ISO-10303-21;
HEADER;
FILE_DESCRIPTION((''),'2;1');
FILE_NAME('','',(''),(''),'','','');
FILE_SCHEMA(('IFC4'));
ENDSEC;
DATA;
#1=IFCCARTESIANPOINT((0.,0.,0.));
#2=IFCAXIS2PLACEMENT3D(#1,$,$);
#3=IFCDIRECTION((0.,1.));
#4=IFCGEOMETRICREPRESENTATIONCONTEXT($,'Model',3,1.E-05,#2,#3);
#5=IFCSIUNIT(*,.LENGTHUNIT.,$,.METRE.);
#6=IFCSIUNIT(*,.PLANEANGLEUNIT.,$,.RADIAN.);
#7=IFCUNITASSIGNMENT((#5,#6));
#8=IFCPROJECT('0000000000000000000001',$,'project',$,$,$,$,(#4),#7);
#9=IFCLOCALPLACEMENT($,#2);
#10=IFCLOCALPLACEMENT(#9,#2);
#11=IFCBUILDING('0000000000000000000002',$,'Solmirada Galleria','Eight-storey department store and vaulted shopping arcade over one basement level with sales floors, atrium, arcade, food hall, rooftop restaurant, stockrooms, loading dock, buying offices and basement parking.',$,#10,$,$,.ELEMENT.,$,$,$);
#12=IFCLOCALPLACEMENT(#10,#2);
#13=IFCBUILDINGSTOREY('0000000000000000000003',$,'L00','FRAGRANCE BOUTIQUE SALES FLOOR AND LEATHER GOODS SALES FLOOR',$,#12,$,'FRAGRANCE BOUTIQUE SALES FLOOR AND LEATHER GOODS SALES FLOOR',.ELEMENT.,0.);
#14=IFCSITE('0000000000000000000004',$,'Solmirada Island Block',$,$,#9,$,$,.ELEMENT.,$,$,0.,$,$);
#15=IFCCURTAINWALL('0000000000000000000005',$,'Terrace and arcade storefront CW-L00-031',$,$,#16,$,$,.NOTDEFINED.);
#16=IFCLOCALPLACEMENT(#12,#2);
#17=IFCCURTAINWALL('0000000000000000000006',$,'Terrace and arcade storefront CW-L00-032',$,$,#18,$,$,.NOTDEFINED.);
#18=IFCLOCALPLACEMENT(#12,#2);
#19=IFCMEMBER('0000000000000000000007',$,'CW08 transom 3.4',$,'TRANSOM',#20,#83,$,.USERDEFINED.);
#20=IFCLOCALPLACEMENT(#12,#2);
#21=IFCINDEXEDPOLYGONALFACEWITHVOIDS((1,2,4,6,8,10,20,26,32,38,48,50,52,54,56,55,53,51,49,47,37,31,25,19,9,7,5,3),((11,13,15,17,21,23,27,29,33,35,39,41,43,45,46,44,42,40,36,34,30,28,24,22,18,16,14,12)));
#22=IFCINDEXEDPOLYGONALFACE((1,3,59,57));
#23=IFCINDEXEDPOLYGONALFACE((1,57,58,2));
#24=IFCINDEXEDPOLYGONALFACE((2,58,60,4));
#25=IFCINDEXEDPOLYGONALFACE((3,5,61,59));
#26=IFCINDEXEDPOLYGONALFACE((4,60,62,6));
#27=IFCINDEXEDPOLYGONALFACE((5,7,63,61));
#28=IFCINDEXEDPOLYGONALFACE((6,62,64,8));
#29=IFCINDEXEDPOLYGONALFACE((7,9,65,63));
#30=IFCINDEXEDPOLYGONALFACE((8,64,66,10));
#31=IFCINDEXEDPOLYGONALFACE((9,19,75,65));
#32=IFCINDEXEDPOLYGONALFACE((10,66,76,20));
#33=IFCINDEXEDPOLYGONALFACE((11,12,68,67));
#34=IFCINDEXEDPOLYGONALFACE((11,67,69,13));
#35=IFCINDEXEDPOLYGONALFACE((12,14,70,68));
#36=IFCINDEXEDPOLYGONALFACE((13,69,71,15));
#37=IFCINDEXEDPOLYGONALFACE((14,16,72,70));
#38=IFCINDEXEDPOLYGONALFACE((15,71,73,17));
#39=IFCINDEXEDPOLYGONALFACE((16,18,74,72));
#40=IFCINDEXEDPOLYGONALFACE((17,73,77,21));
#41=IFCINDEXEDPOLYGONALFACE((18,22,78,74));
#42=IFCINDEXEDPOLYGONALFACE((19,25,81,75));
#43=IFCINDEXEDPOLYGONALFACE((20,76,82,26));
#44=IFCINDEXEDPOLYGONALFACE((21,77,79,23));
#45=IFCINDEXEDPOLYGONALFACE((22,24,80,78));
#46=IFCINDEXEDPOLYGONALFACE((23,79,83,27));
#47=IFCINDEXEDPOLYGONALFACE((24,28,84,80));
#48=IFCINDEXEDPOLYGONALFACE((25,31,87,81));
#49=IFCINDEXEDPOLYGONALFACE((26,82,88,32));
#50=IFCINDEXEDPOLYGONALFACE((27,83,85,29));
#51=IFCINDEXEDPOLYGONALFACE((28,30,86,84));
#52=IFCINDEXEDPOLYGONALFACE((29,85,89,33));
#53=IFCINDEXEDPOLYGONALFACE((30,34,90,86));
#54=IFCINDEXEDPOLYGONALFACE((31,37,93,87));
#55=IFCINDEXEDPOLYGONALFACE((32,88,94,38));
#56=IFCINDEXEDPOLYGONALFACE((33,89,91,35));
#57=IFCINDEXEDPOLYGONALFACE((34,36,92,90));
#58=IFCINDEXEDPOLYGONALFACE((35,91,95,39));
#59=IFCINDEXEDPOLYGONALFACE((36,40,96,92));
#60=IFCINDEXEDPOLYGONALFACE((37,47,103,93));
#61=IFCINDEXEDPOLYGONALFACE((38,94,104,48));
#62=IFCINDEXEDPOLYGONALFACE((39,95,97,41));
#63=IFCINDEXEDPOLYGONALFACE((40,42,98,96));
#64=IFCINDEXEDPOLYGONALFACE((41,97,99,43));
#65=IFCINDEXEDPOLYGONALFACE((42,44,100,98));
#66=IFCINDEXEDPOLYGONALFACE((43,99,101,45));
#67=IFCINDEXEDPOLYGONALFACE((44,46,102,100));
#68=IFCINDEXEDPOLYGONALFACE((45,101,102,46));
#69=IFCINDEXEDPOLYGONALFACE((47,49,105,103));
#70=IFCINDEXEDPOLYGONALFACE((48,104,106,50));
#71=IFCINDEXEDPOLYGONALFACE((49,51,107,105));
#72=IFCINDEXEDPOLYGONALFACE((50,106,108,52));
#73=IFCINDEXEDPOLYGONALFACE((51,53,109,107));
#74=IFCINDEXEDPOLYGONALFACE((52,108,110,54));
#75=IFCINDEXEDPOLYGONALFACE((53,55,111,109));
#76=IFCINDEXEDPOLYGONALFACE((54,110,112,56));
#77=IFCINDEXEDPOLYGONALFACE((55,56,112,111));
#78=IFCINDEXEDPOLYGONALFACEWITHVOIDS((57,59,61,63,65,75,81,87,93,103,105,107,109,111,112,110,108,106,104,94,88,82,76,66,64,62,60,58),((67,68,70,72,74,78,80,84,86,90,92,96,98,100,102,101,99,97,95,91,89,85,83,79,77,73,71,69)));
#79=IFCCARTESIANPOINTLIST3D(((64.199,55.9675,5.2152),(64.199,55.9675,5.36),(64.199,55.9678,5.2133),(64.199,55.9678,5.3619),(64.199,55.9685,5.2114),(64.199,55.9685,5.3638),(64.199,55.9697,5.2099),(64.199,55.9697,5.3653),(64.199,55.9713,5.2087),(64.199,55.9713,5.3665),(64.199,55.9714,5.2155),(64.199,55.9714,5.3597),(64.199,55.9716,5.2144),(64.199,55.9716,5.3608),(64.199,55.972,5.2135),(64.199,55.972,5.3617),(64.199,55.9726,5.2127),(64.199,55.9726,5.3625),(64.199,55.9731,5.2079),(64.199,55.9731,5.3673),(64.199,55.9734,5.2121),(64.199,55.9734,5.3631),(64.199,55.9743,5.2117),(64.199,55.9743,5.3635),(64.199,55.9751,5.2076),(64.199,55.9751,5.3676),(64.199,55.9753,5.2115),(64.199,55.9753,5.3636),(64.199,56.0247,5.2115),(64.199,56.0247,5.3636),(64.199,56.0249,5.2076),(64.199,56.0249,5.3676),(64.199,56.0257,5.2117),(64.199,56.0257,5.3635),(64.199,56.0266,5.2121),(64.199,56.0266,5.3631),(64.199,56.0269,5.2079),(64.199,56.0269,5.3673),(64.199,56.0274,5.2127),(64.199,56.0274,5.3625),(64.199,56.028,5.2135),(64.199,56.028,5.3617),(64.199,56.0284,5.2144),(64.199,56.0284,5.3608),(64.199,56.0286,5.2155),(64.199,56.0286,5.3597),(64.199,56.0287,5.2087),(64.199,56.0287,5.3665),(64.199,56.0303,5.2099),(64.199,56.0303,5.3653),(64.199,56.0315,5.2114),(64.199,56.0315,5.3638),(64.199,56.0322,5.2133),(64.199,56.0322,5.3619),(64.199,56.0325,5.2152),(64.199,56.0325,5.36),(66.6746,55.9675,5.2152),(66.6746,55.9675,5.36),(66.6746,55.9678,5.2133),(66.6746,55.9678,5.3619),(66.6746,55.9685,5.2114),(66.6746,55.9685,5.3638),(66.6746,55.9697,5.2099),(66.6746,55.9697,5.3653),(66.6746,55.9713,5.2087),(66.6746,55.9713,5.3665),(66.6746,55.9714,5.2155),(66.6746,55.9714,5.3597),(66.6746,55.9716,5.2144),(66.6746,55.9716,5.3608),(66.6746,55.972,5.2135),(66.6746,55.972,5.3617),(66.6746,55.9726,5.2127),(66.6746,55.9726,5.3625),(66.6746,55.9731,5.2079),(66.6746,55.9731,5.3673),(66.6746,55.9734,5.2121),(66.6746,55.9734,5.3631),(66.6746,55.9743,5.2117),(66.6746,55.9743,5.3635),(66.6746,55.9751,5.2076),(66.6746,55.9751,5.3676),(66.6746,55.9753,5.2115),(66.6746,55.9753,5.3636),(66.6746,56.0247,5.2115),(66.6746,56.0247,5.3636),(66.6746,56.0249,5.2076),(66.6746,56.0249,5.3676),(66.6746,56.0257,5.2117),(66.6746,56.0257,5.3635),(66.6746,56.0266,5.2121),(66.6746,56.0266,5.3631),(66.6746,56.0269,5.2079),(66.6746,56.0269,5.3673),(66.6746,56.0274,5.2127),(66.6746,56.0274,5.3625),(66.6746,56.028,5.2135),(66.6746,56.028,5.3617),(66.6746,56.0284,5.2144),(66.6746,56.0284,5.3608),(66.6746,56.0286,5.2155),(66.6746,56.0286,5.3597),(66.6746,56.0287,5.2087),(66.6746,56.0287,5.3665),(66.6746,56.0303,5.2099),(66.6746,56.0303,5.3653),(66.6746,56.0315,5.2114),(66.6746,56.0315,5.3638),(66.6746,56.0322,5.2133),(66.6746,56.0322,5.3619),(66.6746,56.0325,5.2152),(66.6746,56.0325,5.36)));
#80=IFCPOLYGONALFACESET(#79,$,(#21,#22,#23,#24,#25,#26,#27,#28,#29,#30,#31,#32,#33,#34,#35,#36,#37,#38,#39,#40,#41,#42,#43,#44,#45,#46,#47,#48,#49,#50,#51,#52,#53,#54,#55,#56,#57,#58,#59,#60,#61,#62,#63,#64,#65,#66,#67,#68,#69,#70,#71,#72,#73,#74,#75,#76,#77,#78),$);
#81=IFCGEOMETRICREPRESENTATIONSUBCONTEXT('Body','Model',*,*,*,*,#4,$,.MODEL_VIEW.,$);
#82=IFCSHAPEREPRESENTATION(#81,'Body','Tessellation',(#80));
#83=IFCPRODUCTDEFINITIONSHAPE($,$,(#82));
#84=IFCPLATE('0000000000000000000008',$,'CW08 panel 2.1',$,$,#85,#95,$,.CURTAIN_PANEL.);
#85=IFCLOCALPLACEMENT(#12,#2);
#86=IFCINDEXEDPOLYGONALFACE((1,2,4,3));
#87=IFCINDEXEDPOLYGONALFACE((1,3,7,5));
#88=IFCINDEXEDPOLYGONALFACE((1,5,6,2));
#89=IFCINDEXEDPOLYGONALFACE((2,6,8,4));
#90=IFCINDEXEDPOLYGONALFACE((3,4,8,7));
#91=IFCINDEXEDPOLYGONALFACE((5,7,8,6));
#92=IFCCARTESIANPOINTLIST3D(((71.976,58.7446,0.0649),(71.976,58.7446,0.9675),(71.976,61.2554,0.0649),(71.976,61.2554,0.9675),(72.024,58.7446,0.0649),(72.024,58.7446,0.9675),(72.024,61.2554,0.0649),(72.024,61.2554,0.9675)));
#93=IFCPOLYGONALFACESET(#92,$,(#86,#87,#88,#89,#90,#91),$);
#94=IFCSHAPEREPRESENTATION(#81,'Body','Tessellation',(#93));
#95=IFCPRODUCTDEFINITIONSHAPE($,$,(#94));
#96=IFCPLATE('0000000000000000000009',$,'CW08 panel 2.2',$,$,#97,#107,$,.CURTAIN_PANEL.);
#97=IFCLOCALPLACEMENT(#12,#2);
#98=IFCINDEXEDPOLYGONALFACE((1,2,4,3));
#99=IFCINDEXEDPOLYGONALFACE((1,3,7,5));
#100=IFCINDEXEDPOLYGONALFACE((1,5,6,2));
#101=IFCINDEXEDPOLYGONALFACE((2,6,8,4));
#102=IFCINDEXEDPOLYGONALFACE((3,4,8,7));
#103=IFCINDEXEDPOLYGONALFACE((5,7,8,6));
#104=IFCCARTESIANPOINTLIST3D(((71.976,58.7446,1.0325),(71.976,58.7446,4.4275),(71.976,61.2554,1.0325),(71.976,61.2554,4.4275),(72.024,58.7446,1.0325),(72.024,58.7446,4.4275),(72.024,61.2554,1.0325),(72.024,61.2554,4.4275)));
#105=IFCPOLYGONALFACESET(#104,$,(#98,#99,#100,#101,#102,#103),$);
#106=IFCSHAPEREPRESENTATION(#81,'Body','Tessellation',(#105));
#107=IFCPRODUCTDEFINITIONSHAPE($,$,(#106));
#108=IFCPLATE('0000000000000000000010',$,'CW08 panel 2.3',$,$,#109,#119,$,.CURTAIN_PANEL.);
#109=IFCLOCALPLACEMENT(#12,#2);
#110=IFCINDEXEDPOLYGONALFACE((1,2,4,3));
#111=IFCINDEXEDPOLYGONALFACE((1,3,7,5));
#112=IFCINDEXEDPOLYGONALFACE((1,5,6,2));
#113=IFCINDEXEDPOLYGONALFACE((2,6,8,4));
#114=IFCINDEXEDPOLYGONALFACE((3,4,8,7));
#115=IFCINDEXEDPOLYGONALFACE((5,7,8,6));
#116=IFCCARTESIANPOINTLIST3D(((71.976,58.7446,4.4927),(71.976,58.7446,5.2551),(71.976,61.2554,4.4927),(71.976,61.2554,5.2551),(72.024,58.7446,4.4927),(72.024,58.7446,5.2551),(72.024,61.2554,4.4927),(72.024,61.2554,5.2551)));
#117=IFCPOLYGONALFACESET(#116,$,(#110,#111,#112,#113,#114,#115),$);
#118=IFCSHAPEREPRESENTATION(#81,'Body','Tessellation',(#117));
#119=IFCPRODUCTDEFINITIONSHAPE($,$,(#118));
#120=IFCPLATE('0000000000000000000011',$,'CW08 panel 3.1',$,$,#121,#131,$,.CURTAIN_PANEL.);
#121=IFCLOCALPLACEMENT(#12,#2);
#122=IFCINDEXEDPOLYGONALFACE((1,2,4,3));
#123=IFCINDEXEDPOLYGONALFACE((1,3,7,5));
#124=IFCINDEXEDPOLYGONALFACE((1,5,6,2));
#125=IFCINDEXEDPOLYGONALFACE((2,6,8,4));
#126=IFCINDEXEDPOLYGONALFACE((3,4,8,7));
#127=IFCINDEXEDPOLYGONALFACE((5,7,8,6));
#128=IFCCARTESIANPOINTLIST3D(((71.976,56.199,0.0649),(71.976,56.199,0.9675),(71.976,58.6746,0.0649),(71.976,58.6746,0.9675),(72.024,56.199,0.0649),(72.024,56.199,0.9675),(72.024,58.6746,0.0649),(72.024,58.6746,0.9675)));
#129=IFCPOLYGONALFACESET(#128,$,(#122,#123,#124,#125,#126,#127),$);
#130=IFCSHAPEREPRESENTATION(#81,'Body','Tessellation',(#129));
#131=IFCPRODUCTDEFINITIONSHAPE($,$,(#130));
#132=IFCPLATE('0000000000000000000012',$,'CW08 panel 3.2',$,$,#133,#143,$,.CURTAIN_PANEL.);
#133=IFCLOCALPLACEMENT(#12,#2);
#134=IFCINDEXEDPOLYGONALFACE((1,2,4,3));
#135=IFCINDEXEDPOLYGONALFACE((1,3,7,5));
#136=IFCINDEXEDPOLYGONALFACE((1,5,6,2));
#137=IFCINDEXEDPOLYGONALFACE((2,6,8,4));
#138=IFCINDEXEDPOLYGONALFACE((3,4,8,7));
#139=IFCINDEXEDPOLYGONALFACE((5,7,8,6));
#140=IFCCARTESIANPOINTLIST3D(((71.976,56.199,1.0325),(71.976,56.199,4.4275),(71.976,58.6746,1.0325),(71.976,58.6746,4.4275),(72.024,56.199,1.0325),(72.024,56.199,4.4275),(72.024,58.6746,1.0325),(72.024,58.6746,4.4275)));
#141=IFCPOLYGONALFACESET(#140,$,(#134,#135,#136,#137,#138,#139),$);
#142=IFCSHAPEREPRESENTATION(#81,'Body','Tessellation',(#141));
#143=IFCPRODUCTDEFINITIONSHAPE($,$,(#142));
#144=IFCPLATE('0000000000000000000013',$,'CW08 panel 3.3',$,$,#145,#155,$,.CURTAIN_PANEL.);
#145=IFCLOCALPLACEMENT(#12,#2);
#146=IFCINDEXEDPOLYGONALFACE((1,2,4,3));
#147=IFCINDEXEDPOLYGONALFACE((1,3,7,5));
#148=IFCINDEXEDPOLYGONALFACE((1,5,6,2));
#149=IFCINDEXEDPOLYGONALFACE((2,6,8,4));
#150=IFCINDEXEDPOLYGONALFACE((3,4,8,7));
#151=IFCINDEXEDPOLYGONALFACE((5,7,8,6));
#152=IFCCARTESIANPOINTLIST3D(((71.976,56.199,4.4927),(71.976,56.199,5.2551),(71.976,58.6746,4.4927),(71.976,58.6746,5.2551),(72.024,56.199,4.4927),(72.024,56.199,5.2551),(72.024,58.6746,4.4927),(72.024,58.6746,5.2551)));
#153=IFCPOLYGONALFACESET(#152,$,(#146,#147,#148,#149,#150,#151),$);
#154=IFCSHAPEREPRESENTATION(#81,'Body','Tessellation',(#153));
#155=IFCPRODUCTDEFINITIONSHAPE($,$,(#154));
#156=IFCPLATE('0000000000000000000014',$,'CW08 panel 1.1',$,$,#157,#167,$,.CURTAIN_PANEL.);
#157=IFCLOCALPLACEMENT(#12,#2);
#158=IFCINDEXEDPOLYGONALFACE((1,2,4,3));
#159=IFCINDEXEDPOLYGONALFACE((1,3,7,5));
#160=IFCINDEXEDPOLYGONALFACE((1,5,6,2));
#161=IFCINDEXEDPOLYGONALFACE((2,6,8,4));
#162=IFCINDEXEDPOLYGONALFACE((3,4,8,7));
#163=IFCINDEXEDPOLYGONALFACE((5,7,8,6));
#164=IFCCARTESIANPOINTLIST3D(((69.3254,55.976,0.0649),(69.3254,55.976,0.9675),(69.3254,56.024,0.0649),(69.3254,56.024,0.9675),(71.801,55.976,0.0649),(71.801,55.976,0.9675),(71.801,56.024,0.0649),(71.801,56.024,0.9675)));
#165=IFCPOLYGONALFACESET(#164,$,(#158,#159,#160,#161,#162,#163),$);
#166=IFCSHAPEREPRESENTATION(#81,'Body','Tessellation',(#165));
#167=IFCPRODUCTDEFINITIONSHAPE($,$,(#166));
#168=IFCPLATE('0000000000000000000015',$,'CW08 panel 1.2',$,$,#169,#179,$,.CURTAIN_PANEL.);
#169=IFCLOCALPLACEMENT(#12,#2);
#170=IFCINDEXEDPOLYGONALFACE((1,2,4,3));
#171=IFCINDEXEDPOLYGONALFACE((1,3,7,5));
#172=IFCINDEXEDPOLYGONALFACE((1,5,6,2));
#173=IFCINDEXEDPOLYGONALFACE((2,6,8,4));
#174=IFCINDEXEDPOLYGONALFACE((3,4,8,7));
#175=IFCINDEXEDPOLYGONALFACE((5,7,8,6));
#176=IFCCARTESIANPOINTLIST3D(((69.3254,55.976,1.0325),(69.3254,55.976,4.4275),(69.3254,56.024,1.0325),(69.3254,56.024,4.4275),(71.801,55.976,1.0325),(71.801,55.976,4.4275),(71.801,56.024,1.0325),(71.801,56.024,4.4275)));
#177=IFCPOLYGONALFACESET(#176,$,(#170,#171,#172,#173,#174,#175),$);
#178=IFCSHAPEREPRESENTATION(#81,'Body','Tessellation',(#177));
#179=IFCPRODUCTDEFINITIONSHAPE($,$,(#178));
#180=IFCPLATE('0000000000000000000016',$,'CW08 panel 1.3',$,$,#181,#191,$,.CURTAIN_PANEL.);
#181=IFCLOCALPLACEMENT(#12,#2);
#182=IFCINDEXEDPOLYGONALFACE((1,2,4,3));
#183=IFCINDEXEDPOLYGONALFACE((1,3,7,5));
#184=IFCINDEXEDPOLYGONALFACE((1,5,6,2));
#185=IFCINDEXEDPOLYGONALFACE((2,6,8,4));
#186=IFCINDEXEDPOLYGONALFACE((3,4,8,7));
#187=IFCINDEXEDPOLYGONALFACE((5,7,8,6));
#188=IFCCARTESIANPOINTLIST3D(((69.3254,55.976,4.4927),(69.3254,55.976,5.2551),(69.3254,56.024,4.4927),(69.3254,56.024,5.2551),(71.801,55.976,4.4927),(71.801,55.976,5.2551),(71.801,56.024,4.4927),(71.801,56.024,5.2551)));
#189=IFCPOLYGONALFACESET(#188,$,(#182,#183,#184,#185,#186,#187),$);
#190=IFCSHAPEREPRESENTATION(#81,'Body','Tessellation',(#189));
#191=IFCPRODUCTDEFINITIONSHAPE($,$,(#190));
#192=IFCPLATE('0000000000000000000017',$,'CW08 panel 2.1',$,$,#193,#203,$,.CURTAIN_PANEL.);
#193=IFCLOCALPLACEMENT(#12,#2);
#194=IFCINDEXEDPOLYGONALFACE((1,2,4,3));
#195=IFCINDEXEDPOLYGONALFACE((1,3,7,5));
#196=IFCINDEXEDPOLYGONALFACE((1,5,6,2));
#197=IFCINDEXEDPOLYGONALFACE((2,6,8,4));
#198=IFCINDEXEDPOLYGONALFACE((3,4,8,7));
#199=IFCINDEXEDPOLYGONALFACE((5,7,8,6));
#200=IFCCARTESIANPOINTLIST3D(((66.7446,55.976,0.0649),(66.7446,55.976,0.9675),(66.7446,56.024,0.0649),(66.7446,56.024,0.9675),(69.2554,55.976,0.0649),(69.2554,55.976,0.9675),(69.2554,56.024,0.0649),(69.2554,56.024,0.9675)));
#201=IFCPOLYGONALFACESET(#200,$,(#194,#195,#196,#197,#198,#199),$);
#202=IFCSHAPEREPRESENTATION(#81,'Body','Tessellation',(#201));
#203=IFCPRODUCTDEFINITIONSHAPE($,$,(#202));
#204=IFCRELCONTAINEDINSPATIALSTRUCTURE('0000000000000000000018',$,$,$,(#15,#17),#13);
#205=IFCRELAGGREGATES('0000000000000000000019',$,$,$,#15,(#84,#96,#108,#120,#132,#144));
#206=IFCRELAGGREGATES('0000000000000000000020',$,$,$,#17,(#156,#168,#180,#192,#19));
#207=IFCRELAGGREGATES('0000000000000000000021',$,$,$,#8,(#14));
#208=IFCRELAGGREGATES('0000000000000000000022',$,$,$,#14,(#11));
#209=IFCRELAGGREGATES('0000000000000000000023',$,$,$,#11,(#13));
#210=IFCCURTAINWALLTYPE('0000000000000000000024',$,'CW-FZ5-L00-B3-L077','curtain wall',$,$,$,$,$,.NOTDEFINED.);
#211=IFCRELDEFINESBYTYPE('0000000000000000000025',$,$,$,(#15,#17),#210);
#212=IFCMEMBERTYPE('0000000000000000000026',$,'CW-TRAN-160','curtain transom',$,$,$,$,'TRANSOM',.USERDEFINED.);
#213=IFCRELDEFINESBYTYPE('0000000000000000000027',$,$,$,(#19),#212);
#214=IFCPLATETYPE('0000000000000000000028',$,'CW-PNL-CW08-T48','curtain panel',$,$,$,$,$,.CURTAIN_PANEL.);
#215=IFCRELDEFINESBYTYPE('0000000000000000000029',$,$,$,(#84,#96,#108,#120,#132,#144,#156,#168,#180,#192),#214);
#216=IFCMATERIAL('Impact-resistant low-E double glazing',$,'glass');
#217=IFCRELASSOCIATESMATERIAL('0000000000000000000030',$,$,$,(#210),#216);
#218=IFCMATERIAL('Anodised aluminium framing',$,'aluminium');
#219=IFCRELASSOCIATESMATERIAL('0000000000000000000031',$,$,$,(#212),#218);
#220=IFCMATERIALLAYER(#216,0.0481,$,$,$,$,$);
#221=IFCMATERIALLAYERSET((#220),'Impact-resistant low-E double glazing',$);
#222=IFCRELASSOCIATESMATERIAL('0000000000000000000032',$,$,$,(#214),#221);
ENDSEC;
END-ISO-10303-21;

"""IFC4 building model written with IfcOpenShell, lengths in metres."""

from ifc_helpers import new_model, si_unit, direction, frame, origin, origin_2d, place, context, subcontext, project, spatial, rectangle, hollow_rectangle, extrude, material, layer, layer_set, material_profile, profile_set, type_object, element, aggregate, save


model = new_model("IFC4")

# Units and contexts
model_context = context("Model", 3, precision=1e-05, world=origin(), true_north=direction((0.0, 1.0)))
body_context = subcontext(model_context, "Body", "Model", "MODEL_VIEW")
ifc_project = project(units=[si_unit("LENGTHUNIT", "METRE"), si_unit("PLANEANGLEUNIT", "RADIAN")], contexts=[model_context])

# Site, building, storey
site_placement = place(None, origin())
site = spatial("IfcSite", under=ifc_project, at=site_placement, Name="Solmirada Island Block", CompositionType="ELEMENT", RefElevation=0.0)
building_placement = place(site_placement, origin())
building = spatial("IfcBuilding", under=site, at=building_placement, Name="Solmirada Galleria", Description="Eight-storey department store and vaulted shopping arcade over one basement level with sales floors, atrium, arcade, food hall, rooftop restaurant, stockrooms, loading dock, buying offices and basement parking.", CompositionType="ELEMENT")
storey_placement = place(building_placement, origin())
storey = spatial("IfcBuildingStorey", under=building, at=storey_placement, Name="L00", Description="FRAGRANCE BOUTIQUE SALES FLOOR AND LEATHER GOODS SALES FLOOR", LongName="FRAGRANCE BOUTIQUE SALES FLOOR AND LEATHER GOODS SALES FLOOR", CompositionType="ELEMENT", Elevation=0.0)

# Curtain walls
ifc_material_1 = material(Name="Impact-resistant low-E double glazing", Category="glass")
curtain_wall_type = type_object("IfcCurtainWallType", Name="CW-FZ5-L00-B3-L077", Description="curtain wall", PredefinedType="NOTDEFINED", material=ifc_material_1)
curtain_wall_1_placement = place(storey_placement, origin())
curtain_wall_1 = element("IfcCurtainWall", 1, at=curtain_wall_1_placement, inside=storey, type_object=curtain_wall_type, Name="Terrace and arcade storefront CW-L00-031", PredefinedType="NOTDEFINED")
ifc_material_2 = material(Name="Anodised aluminium framing", Category="aluminium")
curtain_wall_2_placement = place(storey_placement, origin())
curtain_wall_2 = element("IfcCurtainWall", 2, at=curtain_wall_2_placement, inside=storey, type_object=curtain_wall_type, Name="Terrace and arcade storefront CW-L00-032", PredefinedType="NOTDEFINED")

# Member
ifc_material_profile_1 = material_profile(ifc_material_2, hollow_rectangle(XDim=0.0649, YDim=0.1599, WallThickness=0.0039, InnerFilletRadius=0.0039, OuterFilletRadius=0.0076, at=origin_2d()), Name="ALU-TRAN-160X65")
ifc_profile_set_1 = profile_set([ifc_material_profile_1], Name="Anodised aluminium framing")
member_type_1 = type_object("IfcMemberType", Name="CW-TRAN-160", Description="curtain transom", ElementType="TRANSOM", PredefinedType="USERDEFINED", material=ifc_profile_set_1)
member_1_placement = place(storey_placement, frame((66.6746, 56.0, 5.2876), z_axis=(-1.0, 0.0, 0.0), x_axis=(0.0, -1.0, 0.0)))
member_1 = element("IfcMember", 3, at=member_1_placement, type_object=member_type_1, Name="CW08 transom 3.4", ObjectType="TRANSOM", PredefinedType="USERDEFINED", context=body_context, shape_type="SweptSolid", body=[
    extrude(hollow_rectangle(XDim=0.0649, YDim=0.1599, WallThickness=0.0039, InnerFilletRadius=0.0039, OuterFilletRadius=0.0076, at=origin_2d()), origin(), (0.0, 0.0, 1.0), 2.4756),
])

# Plates
ifc_layer_1 = layer(ifc_material_1, 0.0481)
ifc_layer_set_1 = layer_set([ifc_layer_1], Name="Impact-resistant low-E double glazing")
plate_type = type_object("IfcPlateType", Name="CW-PNL-CW08-T48", Description="curtain panel", PredefinedType="CURTAIN_PANEL", material=ifc_layer_set_1)
plate_1_placement = place(storey_placement, frame((72.0, 60.0, 0.0649), z_axis=(0.0, 0.0, 1.0), x_axis=(0.0, -1.0, 0.0)))
plate_1 = element("IfcPlate", 4, at=plate_1_placement, type_object=plate_type, Name="CW08 panel 2.1", PredefinedType="CURTAIN_PANEL", context=body_context, shape_type="SweptSolid", body=[
    extrude(rectangle(XDim=2.5107, YDim=0.0481, at=origin_2d()), origin(), (0.0, 0.0, 1.0), 0.9026),
])
plate_2_placement = place(storey_placement, frame((72.0, 60.0, 1.0325), z_axis=(0.0, 0.0, 1.0), x_axis=(0.0, -1.0, 0.0)))
plate_2 = element("IfcPlate", 5, at=plate_2_placement, type_object=plate_type, Name="CW08 panel 2.2", PredefinedType="CURTAIN_PANEL", context=body_context, shape_type="SweptSolid", body=[
    extrude(rectangle(XDim=2.5107, YDim=0.0481, at=origin_2d()), origin(), (0.0, 0.0, 1.0), 3.395),
])
plate_3_placement = place(storey_placement, frame((72.0, 60.0, 4.4927), z_axis=(0.0, 0.0, 1.0), x_axis=(0.0, -1.0, 0.0)))
plate_3 = element("IfcPlate", 6, at=plate_3_placement, type_object=plate_type, Name="CW08 panel 2.3", PredefinedType="CURTAIN_PANEL", context=body_context, shape_type="SweptSolid", body=[
    extrude(rectangle(XDim=2.5107, YDim=0.0481, at=origin_2d()), origin(), (0.0, 0.0, 1.0), 0.7625),
])
plate_4_placement = place(storey_placement, frame((72.0, 57.4368, 0.0649), z_axis=(0.0, 0.0, 1.0), x_axis=(0.0, -1.0, 0.0)))
plate_4 = element("IfcPlate", 7, at=plate_4_placement, type_object=plate_type, Name="CW08 panel 3.1", PredefinedType="CURTAIN_PANEL", context=body_context, shape_type="SweptSolid", body=[
    extrude(rectangle(XDim=2.4756, YDim=0.0481, at=origin_2d()), origin(), (0.0, 0.0, 1.0), 0.9026),
])
plate_5_placement = place(storey_placement, frame((72.0, 57.4368, 1.0325), z_axis=(0.0, 0.0, 1.0), x_axis=(0.0, -1.0, 0.0)))
plate_5 = element("IfcPlate", 8, at=plate_5_placement, type_object=plate_type, Name="CW08 panel 3.2", PredefinedType="CURTAIN_PANEL", context=body_context, shape_type="SweptSolid", body=[
    extrude(rectangle(XDim=2.4756, YDim=0.0481, at=origin_2d()), origin(), (0.0, 0.0, 1.0), 3.395),
])
plate_6_placement = place(storey_placement, frame((72.0, 57.4368, 4.4927), z_axis=(0.0, 0.0, 1.0), x_axis=(0.0, -1.0, 0.0)))
plate_6 = element("IfcPlate", 9, at=plate_6_placement, type_object=plate_type, Name="CW08 panel 3.3", PredefinedType="CURTAIN_PANEL", context=body_context, shape_type="SweptSolid", body=[
    extrude(rectangle(XDim=2.4756, YDim=0.0481, at=origin_2d()), origin(), (0.0, 0.0, 1.0), 0.7625),
])
aggregate(curtain_wall_1, [plate_1, plate_2, plate_3, plate_4, plate_5, plate_6])
plate_7_placement = place(storey_placement, frame((70.5632, 56.0, 0.0649), z_axis=(0.0, 0.0, 1.0), x_axis=(-1.0, 0.0, 0.0)))
plate_7 = element("IfcPlate", 10, at=plate_7_placement, type_object=plate_type, Name="CW08 panel 1.1", PredefinedType="CURTAIN_PANEL", context=body_context, shape_type="SweptSolid", body=[
    extrude(rectangle(XDim=2.4756, YDim=0.0481, at=origin_2d()), origin(), (0.0, 0.0, 1.0), 0.9026),
])
plate_8_placement = place(storey_placement, frame((70.5632, 56.0, 1.0325), z_axis=(0.0, 0.0, 1.0), x_axis=(-1.0, 0.0, 0.0)))
plate_8 = element("IfcPlate", 11, at=plate_8_placement, type_object=plate_type, Name="CW08 panel 1.2", PredefinedType="CURTAIN_PANEL", context=body_context, shape_type="SweptSolid", body=[
    extrude(rectangle(XDim=2.4756, YDim=0.0481, at=origin_2d()), origin(), (0.0, 0.0, 1.0), 3.395),
])
plate_9_placement = place(storey_placement, frame((70.5632, 56.0, 4.4927), z_axis=(0.0, 0.0, 1.0), x_axis=(-1.0, 0.0, 0.0)))
plate_9 = element("IfcPlate", 12, at=plate_9_placement, type_object=plate_type, Name="CW08 panel 1.3", PredefinedType="CURTAIN_PANEL", context=body_context, shape_type="SweptSolid", body=[
    extrude(rectangle(XDim=2.4756, YDim=0.0481, at=origin_2d()), origin(), (0.0, 0.0, 1.0), 0.7625),
])
plate_10_placement = place(storey_placement, frame((68.0, 56.0, 0.0649), z_axis=(0.0, 0.0, 1.0), x_axis=(-1.0, 0.0, 0.0)))
plate_10 = element("IfcPlate", 13, at=plate_10_placement, type_object=plate_type, Name="CW08 panel 2.1", PredefinedType="CURTAIN_PANEL", context=body_context, shape_type="SweptSolid", body=[
    extrude(rectangle(XDim=2.5107, YDim=0.0481, at=origin_2d()), origin(), (0.0, 0.0, 1.0), 0.9026),
])
aggregate(curtain_wall_2, [plate_7, plate_8, plate_9, plate_10, member_1])

save(model, "model.ifc")
